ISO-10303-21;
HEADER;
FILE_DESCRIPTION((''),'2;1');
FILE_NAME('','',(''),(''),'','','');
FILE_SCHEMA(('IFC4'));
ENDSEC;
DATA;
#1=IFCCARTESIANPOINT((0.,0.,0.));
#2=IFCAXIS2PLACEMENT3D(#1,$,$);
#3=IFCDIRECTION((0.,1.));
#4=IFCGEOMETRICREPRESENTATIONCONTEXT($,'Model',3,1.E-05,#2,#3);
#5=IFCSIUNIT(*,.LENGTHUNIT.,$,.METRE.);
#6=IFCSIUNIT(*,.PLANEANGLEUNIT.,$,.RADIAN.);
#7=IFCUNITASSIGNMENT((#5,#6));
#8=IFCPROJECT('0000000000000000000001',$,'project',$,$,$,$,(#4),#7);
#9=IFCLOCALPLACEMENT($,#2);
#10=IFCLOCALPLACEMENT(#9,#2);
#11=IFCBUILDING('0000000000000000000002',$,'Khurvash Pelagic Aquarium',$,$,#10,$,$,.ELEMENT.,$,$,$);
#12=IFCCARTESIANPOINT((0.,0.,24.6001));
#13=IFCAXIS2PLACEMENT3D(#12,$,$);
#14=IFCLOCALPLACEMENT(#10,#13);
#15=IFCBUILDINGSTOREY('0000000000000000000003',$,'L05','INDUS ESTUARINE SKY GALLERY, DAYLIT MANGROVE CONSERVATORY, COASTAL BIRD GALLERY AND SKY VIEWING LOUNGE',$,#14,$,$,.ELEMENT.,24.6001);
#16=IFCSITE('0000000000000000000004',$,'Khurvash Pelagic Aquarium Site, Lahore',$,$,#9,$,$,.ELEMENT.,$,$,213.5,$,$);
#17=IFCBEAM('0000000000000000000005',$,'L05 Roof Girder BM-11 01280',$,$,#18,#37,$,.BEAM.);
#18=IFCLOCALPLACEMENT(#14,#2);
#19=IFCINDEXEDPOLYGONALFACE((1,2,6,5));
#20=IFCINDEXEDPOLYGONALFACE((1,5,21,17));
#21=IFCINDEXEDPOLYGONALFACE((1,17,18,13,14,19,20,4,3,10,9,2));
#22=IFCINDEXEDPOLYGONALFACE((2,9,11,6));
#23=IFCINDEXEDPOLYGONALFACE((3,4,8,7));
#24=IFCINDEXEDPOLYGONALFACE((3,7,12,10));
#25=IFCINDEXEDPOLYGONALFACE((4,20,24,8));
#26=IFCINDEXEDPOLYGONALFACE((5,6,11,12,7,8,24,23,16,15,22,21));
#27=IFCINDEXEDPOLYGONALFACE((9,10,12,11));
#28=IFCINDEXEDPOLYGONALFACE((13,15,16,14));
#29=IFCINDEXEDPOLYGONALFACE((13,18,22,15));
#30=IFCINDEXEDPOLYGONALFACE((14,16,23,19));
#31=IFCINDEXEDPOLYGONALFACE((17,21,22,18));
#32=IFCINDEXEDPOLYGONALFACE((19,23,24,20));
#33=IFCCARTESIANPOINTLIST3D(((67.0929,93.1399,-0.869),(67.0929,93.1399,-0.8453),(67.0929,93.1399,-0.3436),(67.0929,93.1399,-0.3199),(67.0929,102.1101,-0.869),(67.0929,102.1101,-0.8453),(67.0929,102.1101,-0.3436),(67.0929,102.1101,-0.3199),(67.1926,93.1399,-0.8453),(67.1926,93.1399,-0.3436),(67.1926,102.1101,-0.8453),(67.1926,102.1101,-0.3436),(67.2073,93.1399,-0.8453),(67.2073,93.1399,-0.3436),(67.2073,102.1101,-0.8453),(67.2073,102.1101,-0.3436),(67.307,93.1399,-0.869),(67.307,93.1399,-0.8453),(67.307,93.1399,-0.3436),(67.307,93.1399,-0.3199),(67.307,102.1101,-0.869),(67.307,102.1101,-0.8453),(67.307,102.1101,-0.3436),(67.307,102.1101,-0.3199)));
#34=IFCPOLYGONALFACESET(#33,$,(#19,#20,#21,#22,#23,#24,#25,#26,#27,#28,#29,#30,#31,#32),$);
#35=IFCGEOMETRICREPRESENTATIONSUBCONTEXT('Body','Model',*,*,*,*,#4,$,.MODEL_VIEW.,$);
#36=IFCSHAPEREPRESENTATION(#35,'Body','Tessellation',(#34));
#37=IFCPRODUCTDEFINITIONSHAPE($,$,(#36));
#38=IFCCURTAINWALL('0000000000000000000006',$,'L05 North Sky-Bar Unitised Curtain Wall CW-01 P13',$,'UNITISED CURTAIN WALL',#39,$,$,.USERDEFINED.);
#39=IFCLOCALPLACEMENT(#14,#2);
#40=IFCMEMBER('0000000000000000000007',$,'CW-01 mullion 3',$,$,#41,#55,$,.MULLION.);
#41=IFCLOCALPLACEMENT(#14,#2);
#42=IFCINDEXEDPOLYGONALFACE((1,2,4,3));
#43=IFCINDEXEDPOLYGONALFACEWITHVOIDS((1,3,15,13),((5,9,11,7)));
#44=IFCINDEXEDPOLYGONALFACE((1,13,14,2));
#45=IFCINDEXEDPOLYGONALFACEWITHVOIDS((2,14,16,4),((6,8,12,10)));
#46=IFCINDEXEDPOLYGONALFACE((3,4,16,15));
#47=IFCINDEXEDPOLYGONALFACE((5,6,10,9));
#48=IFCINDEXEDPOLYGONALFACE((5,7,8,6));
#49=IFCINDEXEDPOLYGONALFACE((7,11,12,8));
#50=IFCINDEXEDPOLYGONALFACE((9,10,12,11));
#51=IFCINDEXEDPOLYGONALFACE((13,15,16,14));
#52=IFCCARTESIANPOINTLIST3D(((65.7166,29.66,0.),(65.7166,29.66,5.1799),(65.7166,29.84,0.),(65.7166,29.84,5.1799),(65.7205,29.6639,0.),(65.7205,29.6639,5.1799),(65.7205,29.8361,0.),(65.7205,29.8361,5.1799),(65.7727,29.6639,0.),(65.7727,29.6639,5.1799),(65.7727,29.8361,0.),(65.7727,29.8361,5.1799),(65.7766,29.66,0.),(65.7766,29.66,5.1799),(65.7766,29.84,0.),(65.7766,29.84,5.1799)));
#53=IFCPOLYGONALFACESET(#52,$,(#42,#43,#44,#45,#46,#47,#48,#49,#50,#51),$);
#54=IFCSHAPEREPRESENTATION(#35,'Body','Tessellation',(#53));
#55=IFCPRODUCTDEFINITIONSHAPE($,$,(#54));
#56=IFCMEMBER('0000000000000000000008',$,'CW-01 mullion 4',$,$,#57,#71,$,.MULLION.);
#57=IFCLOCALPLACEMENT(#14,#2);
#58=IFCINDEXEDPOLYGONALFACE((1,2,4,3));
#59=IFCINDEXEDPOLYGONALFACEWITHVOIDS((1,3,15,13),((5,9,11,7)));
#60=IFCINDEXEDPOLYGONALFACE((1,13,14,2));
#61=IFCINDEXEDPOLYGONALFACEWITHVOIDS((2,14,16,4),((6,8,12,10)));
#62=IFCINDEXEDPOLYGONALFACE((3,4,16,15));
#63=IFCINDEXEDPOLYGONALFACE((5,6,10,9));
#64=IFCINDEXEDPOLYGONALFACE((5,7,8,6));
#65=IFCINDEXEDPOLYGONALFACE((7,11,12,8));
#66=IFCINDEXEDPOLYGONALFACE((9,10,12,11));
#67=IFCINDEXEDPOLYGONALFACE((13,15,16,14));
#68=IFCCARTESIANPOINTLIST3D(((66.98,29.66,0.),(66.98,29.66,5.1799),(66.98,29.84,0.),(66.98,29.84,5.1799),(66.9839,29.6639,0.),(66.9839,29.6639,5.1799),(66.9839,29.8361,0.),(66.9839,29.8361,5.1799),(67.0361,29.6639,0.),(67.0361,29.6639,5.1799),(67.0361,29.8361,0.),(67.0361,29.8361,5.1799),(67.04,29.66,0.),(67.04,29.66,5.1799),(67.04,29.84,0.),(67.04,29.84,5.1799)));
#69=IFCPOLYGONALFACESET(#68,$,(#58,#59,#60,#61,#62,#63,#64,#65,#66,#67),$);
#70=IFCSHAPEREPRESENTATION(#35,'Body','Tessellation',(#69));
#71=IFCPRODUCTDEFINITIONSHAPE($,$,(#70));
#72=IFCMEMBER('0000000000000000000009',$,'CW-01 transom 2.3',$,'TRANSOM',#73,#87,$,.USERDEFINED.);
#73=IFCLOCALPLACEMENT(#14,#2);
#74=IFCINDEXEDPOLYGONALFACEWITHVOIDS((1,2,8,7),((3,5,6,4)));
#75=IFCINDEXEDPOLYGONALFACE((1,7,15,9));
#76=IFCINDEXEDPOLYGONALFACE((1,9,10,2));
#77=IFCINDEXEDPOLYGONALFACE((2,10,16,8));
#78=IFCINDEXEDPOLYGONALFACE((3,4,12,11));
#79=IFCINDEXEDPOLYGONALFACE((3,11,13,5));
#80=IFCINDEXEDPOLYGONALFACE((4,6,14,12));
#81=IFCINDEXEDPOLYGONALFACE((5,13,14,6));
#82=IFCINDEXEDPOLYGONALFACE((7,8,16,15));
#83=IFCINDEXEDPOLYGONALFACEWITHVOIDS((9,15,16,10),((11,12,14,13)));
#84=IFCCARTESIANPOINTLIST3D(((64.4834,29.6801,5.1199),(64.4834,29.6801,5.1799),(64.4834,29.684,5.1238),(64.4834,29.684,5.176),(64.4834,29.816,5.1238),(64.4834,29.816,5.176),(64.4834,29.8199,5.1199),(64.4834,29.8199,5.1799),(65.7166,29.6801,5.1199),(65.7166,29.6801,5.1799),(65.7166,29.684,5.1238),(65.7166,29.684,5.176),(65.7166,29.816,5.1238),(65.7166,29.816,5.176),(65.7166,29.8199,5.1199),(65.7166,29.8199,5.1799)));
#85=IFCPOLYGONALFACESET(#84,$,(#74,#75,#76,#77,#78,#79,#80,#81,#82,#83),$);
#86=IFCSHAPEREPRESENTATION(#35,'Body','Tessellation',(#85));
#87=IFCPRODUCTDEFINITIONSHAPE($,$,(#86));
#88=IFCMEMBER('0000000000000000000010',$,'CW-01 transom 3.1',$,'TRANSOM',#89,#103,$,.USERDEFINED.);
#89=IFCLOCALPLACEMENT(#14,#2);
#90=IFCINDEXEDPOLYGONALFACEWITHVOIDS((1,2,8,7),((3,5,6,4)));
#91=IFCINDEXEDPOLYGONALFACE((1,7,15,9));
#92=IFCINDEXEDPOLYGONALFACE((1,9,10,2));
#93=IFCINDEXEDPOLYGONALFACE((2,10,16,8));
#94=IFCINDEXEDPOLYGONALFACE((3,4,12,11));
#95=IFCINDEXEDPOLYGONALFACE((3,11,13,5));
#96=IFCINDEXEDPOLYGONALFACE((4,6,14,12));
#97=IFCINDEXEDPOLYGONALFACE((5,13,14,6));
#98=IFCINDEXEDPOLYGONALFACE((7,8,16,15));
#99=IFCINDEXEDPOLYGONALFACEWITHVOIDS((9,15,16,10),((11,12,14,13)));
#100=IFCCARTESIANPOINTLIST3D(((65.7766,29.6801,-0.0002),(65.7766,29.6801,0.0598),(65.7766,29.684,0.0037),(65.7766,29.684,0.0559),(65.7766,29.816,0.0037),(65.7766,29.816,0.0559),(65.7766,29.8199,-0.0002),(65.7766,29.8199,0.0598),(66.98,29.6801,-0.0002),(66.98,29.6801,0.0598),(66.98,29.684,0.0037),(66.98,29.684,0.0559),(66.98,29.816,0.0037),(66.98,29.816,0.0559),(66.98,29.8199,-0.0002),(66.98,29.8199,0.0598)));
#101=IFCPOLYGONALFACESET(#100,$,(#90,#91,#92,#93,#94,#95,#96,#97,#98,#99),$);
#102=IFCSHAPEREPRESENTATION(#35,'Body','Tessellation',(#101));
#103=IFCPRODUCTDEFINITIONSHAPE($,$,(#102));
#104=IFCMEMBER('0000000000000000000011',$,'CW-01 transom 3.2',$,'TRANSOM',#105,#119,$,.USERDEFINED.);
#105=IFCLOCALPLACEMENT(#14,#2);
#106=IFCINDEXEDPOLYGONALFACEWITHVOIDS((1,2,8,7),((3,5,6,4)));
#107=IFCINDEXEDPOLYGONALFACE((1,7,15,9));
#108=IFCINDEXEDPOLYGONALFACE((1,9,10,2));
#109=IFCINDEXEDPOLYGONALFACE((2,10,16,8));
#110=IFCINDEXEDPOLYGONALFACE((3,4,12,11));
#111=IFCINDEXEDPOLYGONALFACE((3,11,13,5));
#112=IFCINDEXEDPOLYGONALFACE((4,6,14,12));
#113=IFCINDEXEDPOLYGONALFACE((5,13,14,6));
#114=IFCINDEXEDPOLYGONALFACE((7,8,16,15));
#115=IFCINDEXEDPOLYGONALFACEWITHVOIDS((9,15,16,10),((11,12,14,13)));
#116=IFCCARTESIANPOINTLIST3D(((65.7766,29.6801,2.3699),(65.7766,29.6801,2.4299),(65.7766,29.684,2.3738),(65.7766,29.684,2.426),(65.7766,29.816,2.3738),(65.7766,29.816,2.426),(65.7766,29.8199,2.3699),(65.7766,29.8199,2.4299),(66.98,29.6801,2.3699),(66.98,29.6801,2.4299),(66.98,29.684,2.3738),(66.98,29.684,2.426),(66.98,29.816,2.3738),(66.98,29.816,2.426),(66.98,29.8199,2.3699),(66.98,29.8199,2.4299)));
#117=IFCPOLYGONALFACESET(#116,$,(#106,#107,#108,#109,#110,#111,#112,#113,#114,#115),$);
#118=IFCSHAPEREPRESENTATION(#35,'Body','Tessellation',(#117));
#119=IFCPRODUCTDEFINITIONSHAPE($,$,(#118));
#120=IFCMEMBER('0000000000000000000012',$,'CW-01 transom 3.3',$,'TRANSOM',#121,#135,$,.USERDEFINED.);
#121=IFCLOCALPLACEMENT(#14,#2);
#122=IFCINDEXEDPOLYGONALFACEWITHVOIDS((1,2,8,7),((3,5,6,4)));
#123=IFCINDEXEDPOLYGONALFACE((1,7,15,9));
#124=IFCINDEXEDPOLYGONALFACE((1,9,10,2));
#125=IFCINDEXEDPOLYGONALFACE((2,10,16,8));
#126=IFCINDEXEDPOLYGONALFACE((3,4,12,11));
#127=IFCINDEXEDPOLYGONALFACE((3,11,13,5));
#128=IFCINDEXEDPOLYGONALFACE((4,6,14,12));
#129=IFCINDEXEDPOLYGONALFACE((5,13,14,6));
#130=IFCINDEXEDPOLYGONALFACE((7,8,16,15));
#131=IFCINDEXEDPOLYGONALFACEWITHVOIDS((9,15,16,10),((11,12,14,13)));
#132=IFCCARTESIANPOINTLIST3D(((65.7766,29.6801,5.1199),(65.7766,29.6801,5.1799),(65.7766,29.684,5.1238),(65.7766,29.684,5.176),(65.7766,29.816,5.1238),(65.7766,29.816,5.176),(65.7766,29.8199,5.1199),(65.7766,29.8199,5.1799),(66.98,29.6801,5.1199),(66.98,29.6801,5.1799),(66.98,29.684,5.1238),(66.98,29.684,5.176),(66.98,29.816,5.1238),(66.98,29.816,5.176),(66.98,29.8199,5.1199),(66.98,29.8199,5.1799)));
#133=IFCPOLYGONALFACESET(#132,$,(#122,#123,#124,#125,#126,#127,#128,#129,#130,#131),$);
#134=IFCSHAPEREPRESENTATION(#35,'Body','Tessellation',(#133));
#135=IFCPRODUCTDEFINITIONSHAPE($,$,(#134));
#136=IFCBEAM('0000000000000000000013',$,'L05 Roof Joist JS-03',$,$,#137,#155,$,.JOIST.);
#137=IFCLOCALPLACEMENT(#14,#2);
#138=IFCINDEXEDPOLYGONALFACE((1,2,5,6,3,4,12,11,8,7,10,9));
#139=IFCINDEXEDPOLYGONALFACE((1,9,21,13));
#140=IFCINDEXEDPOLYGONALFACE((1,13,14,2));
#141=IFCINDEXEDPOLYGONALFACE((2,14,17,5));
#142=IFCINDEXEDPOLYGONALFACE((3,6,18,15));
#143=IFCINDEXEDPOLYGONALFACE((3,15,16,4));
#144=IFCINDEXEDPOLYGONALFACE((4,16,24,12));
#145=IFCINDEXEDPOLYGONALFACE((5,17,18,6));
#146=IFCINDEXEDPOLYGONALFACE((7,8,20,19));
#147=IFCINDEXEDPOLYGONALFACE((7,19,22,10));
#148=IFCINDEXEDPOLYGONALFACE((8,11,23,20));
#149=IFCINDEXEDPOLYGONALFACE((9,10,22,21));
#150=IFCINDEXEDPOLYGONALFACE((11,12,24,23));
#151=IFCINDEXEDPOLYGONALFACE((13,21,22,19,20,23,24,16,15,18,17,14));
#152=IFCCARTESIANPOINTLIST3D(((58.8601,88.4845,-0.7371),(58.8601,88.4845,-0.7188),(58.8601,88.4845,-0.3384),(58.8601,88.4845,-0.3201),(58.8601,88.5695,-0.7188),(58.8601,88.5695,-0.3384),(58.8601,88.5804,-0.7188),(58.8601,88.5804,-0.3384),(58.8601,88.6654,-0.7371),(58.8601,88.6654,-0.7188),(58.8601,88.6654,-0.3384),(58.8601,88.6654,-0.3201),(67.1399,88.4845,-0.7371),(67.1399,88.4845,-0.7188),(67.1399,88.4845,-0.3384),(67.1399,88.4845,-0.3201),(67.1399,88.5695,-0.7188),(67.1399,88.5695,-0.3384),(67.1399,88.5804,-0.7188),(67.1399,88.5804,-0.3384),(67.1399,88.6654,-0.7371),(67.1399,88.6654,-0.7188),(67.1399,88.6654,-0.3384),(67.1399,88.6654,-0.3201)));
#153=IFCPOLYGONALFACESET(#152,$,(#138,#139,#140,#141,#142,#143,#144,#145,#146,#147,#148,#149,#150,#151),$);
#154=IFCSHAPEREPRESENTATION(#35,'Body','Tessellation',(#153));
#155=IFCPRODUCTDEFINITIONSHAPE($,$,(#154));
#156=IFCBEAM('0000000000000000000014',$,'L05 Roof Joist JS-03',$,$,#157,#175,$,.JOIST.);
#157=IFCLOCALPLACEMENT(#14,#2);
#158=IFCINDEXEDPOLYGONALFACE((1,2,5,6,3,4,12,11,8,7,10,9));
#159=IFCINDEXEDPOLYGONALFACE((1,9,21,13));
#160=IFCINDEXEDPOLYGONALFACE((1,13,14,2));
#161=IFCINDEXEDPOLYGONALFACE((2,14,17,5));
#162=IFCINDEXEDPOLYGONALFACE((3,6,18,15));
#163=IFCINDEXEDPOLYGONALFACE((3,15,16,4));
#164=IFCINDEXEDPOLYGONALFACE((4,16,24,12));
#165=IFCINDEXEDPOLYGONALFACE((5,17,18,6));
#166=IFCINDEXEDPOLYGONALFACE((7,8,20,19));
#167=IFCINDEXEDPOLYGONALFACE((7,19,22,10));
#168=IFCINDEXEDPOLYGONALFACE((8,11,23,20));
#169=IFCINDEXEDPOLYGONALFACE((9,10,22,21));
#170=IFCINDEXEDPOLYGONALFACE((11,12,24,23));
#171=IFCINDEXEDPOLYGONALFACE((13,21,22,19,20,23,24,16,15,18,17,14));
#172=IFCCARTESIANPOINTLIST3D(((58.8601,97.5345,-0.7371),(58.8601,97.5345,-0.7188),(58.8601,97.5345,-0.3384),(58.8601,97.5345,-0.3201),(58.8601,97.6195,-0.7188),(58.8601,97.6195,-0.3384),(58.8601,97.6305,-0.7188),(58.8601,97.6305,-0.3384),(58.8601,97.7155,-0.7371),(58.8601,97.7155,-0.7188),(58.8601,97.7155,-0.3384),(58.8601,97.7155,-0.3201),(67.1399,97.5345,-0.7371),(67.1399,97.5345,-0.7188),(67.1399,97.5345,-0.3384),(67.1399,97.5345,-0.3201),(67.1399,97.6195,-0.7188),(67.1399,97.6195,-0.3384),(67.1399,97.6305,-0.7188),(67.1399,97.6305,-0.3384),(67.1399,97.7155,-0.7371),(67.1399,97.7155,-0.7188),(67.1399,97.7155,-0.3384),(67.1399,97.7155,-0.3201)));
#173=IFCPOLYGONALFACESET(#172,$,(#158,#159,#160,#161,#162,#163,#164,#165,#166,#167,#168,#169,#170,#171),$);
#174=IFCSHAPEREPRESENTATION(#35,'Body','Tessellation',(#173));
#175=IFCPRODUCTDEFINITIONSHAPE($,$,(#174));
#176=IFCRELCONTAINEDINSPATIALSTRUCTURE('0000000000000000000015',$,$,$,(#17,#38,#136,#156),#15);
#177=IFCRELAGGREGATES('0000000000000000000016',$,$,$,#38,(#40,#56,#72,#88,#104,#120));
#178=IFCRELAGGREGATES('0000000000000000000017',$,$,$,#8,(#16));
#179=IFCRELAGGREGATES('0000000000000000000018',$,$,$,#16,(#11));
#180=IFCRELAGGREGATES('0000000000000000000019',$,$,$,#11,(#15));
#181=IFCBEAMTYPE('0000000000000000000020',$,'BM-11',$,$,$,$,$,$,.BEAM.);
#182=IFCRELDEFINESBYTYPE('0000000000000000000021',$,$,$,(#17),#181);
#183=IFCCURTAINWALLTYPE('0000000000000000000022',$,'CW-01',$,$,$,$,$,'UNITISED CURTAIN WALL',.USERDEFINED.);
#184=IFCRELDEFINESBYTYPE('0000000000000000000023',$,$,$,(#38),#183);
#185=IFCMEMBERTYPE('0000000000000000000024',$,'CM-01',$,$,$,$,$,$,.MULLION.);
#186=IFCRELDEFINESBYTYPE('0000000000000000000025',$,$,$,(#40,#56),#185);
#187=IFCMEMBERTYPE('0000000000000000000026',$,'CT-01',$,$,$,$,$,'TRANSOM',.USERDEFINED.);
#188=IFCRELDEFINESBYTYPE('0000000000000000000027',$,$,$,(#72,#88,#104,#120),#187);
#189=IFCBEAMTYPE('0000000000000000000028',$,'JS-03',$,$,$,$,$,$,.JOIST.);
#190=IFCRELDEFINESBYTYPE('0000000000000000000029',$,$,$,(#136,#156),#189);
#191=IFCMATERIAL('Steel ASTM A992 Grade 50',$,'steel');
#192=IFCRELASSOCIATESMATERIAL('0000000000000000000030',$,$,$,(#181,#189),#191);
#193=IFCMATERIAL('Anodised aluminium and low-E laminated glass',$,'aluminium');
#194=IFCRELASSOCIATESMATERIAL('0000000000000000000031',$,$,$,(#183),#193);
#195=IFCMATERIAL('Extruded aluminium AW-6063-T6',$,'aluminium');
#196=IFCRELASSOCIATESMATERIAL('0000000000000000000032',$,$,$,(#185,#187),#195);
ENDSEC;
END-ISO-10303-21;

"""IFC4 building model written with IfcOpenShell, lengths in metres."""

from ifc_helpers import new_model, si_unit, direction, frame, origin, origin_2d, place, context, subcontext, project, spatial, hollow_rectangle, i_section, extrude, material, material_profile, profile_set, type_object, element, aggregate, save


model = new_model("IFC4")

# Units and contexts
model_context = context("Model", 3, precision=1e-05, world=origin(), true_north=direction((0.0, 1.0)))
body_context = subcontext(model_context, "Body", "Model", "MODEL_VIEW")
ifc_project = project(units=[si_unit("LENGTHUNIT", "METRE"), si_unit("PLANEANGLEUNIT", "RADIAN")], contexts=[model_context])

# Site, building, storey
site_placement = place(None, origin())
site = spatial("IfcSite", under=ifc_project, at=site_placement, Name="Khurvash Pelagic Aquarium Site, Lahore", CompositionType="ELEMENT", RefElevation=213.5)
building_placement = place(site_placement, origin())
building = spatial("IfcBuilding", under=site, at=building_placement, Name="Khurvash Pelagic Aquarium", CompositionType="ELEMENT")
storey_placement = place(building_placement, frame((0.0, 0.0, 24.6001)))
storey = spatial("IfcBuildingStorey", under=building, at=storey_placement, Name="L05", Description="INDUS ESTUARINE SKY GALLERY, DAYLIT MANGROVE CONSERVATORY, COASTAL BIRD GALLERY AND SKY VIEWING LOUNGE", CompositionType="ELEMENT", Elevation=24.6001)

# Beam
ifc_material_1 = material(Name="Steel ASTM A992 Grade 50", Category="steel")
ifc_material_profile_1 = material_profile(ifc_material_1, i_section(OverallWidth=0.2141, OverallDepth=0.5491, WebThickness=0.0146, FlangeThickness=0.0237, at=origin_2d()), Name="W21X93")
ifc_profile_set_1 = profile_set([ifc_material_profile_1], Name="Steel ASTM A992 Grade 50")
beam_type_1 = type_object("IfcBeamType", Name="BM-11", PredefinedType="BEAM", material=ifc_profile_set_1)
beam_1_placement = place(storey_placement, frame((67.2, 93.1399, -0.5945), z_axis=(0.0, 1.0, 0.0), x_axis=(-1.0, 0.0, 0.0)))
element("IfcBeam", 1, at=beam_1_placement, inside=storey, type_object=beam_type_1, Name="L05 Roof Girder BM-11 01280", PredefinedType="BEAM", context=body_context, shape_type="SweptSolid", body=[
    extrude(i_section(OverallWidth=0.2141, OverallDepth=0.5491, WebThickness=0.0146, FlangeThickness=0.0237, at=origin_2d()), origin(), (0.0, 0.0, 1.0), 8.9702),
])

# Curtain wall, members
ifc_material_2 = material(Name="Anodised aluminium and low-E laminated glass", Category="aluminium")
curtain_wall_type = type_object("IfcCurtainWallType", Name="CW-01", ElementType="UNITISED CURTAIN WALL", PredefinedType="USERDEFINED", material=ifc_material_2)
curtain_wall_placement = place(storey_placement, origin())
curtain_wall = element("IfcCurtainWall", 2, at=curtain_wall_placement, inside=storey, type_object=curtain_wall_type, Name="L05 North Sky-Bar Unitised Curtain Wall CW-01 P13", ObjectType="UNITISED CURTAIN WALL", PredefinedType="USERDEFINED")
ifc_material_3 = material(Name="Extruded aluminium AW-6063-T6", Category="aluminium")
ifc_material_profile_2 = material_profile(ifc_material_3, hollow_rectangle(XDim=0.0601, YDim=0.1799, WallThickness=0.0039, at=origin_2d()), Name="CWM60X180X4")
ifc_profile_set_2 = profile_set([ifc_material_profile_2], Name="Extruded aluminium AW-6063-T6")
member_type_1 = type_object("IfcMemberType", Name="CM-01", PredefinedType="MULLION", material=ifc_profile_set_2)
member_1_placement = place(storey_placement, frame((65.7466, 29.75, 0.0), z_axis=(0.0, 0.0, 1.0), x_axis=(1.0, 0.0, 0.0)))
member_1 = element("IfcMember", 3, at=member_1_placement, type_object=member_type_1, Name="CW-01 mullion 3", PredefinedType="MULLION", context=body_context, shape_type="SweptSolid", body=[
    extrude(hollow_rectangle(XDim=0.0601, YDim=0.1799, WallThickness=0.0039, at=origin_2d()), origin(), (0.0, 0.0, 1.0), 5.1799),
])
member_2_placement = place(storey_placement, frame((67.01, 29.75, 0.0), z_axis=(0.0, 0.0, 1.0), x_axis=(1.0, 0.0, 0.0)))
member_2 = element("IfcMember", 4, at=member_2_placement, type_object=member_type_1, Name="CW-01 mullion 4", PredefinedType="MULLION", context=body_context, shape_type="SweptSolid", body=[
    extrude(hollow_rectangle(XDim=0.0601, YDim=0.1799, WallThickness=0.0039, at=origin_2d()), origin(), (0.0, 0.0, 1.0), 5.1799),
])
ifc_material_profile_3 = material_profile(ifc_material_3, hollow_rectangle(XDim=0.1399, YDim=0.0601, WallThickness=0.0039, at=origin_2d()), Name="CWT140X60X4")
ifc_profile_set_3 = profile_set([ifc_material_profile_3], Name="Extruded aluminium AW-6063-T6")
member_type_2 = type_object("IfcMemberType", Name="CT-01", ElementType="TRANSOM", PredefinedType="USERDEFINED", material=ifc_profile_set_3)
member_3_placement = place(storey_placement, frame((64.4834, 29.75, 5.1499), z_axis=(1.0, 0.0, 0.0), x_axis=(0.0, 1.0, 0.0)))
member_3 = element("IfcMember", 5, at=member_3_placement, type_object=member_type_2, Name="CW-01 transom 2.3", ObjectType="TRANSOM", PredefinedType="USERDEFINED", context=body_context, shape_type="SweptSolid", body=[
    extrude(hollow_rectangle(XDim=0.1399, YDim=0.0601, WallThickness=0.0039, at=origin_2d()), origin(), (0.0, 0.0, 1.0), 1.2332),
])
member_4_placement = place(storey_placement, frame((65.7766, 29.75, 0.0298), z_axis=(1.0, 0.0, 0.0), x_axis=(0.0, 1.0, 0.0)))
member_4 = element("IfcMember", 6, at=member_4_placement, type_object=member_type_2, Name="CW-01 transom 3.1", ObjectType="TRANSOM", PredefinedType="USERDEFINED", context=body_context, shape_type="SweptSolid", body=[
    extrude(hollow_rectangle(XDim=0.1399, YDim=0.0601, WallThickness=0.0039, at=origin_2d()), origin(), (0.0, 0.0, 1.0), 1.2034),
])
member_5_placement = place(storey_placement, frame((65.7766, 29.75, 2.3999), z_axis=(1.0, 0.0, 0.0), x_axis=(0.0, 1.0, 0.0)))
member_5 = element("IfcMember", 7, at=member_5_placement, type_object=member_type_2, Name="CW-01 transom 3.2", ObjectType="TRANSOM", PredefinedType="USERDEFINED", context=body_context, shape_type="SweptSolid", body=[
    extrude(hollow_rectangle(XDim=0.1399, YDim=0.0601, WallThickness=0.0039, at=origin_2d()), origin(), (0.0, 0.0, 1.0), 1.2034),
])
member_6_placement = place(storey_placement, frame((65.7766, 29.75, 5.1499), z_axis=(1.0, 0.0, 0.0), x_axis=(0.0, 1.0, 0.0)))
member_6 = element("IfcMember", 8, at=member_6_placement, type_object=member_type_2, Name="CW-01 transom 3.3", ObjectType="TRANSOM", PredefinedType="USERDEFINED", context=body_context, shape_type="SweptSolid", body=[
    extrude(hollow_rectangle(XDim=0.1399, YDim=0.0601, WallThickness=0.0039, at=origin_2d()), origin(), (0.0, 0.0, 1.0), 1.2034),
])

# Beams
ifc_material_profile_4 = material_profile(ifc_material_1, i_section(OverallWidth=0.1809, OverallDepth=0.417, WebThickness=0.011, FlangeThickness=0.0183, at=origin_2d()), Name="W16X57")
ifc_profile_set_4 = profile_set([ifc_material_profile_4], Name="Steel ASTM A992 Grade 50")
beam_type_2 = type_object("IfcBeamType", Name="JS-03", PredefinedType="JOIST", material=ifc_profile_set_4)
for number, where, z_axis, x_axis, name in (
    (9, (58.8601, 88.575, -0.5286), (1.0, 0.0, 0.0), (0.0, 1.0, 0.0), "L05 Roof Joist JS-03"),
    (10, (58.8601, 97.625, -0.5286), (1.0, 0.0, 0.0), (0.0, 1.0, 0.0), "L05 Roof Joist JS-03"),
):
    element("IfcBeam", number, at=place(storey_placement, frame(where, z_axis=z_axis, x_axis=x_axis)), inside=storey, type_object=beam_type_2, Name=name, PredefinedType="JOIST", context=body_context, shape_type="SweptSolid", body=[
        extrude(i_section(OverallWidth=0.1809, OverallDepth=0.417, WebThickness=0.011, FlangeThickness=0.0183, at=origin_2d()), origin(), (0.0, 0.0, 1.0), 8.2798),
    ])

aggregate(curtain_wall, [member_1, member_2, member_3, member_4, member_5, member_6])

save(model, "model.ifc")
